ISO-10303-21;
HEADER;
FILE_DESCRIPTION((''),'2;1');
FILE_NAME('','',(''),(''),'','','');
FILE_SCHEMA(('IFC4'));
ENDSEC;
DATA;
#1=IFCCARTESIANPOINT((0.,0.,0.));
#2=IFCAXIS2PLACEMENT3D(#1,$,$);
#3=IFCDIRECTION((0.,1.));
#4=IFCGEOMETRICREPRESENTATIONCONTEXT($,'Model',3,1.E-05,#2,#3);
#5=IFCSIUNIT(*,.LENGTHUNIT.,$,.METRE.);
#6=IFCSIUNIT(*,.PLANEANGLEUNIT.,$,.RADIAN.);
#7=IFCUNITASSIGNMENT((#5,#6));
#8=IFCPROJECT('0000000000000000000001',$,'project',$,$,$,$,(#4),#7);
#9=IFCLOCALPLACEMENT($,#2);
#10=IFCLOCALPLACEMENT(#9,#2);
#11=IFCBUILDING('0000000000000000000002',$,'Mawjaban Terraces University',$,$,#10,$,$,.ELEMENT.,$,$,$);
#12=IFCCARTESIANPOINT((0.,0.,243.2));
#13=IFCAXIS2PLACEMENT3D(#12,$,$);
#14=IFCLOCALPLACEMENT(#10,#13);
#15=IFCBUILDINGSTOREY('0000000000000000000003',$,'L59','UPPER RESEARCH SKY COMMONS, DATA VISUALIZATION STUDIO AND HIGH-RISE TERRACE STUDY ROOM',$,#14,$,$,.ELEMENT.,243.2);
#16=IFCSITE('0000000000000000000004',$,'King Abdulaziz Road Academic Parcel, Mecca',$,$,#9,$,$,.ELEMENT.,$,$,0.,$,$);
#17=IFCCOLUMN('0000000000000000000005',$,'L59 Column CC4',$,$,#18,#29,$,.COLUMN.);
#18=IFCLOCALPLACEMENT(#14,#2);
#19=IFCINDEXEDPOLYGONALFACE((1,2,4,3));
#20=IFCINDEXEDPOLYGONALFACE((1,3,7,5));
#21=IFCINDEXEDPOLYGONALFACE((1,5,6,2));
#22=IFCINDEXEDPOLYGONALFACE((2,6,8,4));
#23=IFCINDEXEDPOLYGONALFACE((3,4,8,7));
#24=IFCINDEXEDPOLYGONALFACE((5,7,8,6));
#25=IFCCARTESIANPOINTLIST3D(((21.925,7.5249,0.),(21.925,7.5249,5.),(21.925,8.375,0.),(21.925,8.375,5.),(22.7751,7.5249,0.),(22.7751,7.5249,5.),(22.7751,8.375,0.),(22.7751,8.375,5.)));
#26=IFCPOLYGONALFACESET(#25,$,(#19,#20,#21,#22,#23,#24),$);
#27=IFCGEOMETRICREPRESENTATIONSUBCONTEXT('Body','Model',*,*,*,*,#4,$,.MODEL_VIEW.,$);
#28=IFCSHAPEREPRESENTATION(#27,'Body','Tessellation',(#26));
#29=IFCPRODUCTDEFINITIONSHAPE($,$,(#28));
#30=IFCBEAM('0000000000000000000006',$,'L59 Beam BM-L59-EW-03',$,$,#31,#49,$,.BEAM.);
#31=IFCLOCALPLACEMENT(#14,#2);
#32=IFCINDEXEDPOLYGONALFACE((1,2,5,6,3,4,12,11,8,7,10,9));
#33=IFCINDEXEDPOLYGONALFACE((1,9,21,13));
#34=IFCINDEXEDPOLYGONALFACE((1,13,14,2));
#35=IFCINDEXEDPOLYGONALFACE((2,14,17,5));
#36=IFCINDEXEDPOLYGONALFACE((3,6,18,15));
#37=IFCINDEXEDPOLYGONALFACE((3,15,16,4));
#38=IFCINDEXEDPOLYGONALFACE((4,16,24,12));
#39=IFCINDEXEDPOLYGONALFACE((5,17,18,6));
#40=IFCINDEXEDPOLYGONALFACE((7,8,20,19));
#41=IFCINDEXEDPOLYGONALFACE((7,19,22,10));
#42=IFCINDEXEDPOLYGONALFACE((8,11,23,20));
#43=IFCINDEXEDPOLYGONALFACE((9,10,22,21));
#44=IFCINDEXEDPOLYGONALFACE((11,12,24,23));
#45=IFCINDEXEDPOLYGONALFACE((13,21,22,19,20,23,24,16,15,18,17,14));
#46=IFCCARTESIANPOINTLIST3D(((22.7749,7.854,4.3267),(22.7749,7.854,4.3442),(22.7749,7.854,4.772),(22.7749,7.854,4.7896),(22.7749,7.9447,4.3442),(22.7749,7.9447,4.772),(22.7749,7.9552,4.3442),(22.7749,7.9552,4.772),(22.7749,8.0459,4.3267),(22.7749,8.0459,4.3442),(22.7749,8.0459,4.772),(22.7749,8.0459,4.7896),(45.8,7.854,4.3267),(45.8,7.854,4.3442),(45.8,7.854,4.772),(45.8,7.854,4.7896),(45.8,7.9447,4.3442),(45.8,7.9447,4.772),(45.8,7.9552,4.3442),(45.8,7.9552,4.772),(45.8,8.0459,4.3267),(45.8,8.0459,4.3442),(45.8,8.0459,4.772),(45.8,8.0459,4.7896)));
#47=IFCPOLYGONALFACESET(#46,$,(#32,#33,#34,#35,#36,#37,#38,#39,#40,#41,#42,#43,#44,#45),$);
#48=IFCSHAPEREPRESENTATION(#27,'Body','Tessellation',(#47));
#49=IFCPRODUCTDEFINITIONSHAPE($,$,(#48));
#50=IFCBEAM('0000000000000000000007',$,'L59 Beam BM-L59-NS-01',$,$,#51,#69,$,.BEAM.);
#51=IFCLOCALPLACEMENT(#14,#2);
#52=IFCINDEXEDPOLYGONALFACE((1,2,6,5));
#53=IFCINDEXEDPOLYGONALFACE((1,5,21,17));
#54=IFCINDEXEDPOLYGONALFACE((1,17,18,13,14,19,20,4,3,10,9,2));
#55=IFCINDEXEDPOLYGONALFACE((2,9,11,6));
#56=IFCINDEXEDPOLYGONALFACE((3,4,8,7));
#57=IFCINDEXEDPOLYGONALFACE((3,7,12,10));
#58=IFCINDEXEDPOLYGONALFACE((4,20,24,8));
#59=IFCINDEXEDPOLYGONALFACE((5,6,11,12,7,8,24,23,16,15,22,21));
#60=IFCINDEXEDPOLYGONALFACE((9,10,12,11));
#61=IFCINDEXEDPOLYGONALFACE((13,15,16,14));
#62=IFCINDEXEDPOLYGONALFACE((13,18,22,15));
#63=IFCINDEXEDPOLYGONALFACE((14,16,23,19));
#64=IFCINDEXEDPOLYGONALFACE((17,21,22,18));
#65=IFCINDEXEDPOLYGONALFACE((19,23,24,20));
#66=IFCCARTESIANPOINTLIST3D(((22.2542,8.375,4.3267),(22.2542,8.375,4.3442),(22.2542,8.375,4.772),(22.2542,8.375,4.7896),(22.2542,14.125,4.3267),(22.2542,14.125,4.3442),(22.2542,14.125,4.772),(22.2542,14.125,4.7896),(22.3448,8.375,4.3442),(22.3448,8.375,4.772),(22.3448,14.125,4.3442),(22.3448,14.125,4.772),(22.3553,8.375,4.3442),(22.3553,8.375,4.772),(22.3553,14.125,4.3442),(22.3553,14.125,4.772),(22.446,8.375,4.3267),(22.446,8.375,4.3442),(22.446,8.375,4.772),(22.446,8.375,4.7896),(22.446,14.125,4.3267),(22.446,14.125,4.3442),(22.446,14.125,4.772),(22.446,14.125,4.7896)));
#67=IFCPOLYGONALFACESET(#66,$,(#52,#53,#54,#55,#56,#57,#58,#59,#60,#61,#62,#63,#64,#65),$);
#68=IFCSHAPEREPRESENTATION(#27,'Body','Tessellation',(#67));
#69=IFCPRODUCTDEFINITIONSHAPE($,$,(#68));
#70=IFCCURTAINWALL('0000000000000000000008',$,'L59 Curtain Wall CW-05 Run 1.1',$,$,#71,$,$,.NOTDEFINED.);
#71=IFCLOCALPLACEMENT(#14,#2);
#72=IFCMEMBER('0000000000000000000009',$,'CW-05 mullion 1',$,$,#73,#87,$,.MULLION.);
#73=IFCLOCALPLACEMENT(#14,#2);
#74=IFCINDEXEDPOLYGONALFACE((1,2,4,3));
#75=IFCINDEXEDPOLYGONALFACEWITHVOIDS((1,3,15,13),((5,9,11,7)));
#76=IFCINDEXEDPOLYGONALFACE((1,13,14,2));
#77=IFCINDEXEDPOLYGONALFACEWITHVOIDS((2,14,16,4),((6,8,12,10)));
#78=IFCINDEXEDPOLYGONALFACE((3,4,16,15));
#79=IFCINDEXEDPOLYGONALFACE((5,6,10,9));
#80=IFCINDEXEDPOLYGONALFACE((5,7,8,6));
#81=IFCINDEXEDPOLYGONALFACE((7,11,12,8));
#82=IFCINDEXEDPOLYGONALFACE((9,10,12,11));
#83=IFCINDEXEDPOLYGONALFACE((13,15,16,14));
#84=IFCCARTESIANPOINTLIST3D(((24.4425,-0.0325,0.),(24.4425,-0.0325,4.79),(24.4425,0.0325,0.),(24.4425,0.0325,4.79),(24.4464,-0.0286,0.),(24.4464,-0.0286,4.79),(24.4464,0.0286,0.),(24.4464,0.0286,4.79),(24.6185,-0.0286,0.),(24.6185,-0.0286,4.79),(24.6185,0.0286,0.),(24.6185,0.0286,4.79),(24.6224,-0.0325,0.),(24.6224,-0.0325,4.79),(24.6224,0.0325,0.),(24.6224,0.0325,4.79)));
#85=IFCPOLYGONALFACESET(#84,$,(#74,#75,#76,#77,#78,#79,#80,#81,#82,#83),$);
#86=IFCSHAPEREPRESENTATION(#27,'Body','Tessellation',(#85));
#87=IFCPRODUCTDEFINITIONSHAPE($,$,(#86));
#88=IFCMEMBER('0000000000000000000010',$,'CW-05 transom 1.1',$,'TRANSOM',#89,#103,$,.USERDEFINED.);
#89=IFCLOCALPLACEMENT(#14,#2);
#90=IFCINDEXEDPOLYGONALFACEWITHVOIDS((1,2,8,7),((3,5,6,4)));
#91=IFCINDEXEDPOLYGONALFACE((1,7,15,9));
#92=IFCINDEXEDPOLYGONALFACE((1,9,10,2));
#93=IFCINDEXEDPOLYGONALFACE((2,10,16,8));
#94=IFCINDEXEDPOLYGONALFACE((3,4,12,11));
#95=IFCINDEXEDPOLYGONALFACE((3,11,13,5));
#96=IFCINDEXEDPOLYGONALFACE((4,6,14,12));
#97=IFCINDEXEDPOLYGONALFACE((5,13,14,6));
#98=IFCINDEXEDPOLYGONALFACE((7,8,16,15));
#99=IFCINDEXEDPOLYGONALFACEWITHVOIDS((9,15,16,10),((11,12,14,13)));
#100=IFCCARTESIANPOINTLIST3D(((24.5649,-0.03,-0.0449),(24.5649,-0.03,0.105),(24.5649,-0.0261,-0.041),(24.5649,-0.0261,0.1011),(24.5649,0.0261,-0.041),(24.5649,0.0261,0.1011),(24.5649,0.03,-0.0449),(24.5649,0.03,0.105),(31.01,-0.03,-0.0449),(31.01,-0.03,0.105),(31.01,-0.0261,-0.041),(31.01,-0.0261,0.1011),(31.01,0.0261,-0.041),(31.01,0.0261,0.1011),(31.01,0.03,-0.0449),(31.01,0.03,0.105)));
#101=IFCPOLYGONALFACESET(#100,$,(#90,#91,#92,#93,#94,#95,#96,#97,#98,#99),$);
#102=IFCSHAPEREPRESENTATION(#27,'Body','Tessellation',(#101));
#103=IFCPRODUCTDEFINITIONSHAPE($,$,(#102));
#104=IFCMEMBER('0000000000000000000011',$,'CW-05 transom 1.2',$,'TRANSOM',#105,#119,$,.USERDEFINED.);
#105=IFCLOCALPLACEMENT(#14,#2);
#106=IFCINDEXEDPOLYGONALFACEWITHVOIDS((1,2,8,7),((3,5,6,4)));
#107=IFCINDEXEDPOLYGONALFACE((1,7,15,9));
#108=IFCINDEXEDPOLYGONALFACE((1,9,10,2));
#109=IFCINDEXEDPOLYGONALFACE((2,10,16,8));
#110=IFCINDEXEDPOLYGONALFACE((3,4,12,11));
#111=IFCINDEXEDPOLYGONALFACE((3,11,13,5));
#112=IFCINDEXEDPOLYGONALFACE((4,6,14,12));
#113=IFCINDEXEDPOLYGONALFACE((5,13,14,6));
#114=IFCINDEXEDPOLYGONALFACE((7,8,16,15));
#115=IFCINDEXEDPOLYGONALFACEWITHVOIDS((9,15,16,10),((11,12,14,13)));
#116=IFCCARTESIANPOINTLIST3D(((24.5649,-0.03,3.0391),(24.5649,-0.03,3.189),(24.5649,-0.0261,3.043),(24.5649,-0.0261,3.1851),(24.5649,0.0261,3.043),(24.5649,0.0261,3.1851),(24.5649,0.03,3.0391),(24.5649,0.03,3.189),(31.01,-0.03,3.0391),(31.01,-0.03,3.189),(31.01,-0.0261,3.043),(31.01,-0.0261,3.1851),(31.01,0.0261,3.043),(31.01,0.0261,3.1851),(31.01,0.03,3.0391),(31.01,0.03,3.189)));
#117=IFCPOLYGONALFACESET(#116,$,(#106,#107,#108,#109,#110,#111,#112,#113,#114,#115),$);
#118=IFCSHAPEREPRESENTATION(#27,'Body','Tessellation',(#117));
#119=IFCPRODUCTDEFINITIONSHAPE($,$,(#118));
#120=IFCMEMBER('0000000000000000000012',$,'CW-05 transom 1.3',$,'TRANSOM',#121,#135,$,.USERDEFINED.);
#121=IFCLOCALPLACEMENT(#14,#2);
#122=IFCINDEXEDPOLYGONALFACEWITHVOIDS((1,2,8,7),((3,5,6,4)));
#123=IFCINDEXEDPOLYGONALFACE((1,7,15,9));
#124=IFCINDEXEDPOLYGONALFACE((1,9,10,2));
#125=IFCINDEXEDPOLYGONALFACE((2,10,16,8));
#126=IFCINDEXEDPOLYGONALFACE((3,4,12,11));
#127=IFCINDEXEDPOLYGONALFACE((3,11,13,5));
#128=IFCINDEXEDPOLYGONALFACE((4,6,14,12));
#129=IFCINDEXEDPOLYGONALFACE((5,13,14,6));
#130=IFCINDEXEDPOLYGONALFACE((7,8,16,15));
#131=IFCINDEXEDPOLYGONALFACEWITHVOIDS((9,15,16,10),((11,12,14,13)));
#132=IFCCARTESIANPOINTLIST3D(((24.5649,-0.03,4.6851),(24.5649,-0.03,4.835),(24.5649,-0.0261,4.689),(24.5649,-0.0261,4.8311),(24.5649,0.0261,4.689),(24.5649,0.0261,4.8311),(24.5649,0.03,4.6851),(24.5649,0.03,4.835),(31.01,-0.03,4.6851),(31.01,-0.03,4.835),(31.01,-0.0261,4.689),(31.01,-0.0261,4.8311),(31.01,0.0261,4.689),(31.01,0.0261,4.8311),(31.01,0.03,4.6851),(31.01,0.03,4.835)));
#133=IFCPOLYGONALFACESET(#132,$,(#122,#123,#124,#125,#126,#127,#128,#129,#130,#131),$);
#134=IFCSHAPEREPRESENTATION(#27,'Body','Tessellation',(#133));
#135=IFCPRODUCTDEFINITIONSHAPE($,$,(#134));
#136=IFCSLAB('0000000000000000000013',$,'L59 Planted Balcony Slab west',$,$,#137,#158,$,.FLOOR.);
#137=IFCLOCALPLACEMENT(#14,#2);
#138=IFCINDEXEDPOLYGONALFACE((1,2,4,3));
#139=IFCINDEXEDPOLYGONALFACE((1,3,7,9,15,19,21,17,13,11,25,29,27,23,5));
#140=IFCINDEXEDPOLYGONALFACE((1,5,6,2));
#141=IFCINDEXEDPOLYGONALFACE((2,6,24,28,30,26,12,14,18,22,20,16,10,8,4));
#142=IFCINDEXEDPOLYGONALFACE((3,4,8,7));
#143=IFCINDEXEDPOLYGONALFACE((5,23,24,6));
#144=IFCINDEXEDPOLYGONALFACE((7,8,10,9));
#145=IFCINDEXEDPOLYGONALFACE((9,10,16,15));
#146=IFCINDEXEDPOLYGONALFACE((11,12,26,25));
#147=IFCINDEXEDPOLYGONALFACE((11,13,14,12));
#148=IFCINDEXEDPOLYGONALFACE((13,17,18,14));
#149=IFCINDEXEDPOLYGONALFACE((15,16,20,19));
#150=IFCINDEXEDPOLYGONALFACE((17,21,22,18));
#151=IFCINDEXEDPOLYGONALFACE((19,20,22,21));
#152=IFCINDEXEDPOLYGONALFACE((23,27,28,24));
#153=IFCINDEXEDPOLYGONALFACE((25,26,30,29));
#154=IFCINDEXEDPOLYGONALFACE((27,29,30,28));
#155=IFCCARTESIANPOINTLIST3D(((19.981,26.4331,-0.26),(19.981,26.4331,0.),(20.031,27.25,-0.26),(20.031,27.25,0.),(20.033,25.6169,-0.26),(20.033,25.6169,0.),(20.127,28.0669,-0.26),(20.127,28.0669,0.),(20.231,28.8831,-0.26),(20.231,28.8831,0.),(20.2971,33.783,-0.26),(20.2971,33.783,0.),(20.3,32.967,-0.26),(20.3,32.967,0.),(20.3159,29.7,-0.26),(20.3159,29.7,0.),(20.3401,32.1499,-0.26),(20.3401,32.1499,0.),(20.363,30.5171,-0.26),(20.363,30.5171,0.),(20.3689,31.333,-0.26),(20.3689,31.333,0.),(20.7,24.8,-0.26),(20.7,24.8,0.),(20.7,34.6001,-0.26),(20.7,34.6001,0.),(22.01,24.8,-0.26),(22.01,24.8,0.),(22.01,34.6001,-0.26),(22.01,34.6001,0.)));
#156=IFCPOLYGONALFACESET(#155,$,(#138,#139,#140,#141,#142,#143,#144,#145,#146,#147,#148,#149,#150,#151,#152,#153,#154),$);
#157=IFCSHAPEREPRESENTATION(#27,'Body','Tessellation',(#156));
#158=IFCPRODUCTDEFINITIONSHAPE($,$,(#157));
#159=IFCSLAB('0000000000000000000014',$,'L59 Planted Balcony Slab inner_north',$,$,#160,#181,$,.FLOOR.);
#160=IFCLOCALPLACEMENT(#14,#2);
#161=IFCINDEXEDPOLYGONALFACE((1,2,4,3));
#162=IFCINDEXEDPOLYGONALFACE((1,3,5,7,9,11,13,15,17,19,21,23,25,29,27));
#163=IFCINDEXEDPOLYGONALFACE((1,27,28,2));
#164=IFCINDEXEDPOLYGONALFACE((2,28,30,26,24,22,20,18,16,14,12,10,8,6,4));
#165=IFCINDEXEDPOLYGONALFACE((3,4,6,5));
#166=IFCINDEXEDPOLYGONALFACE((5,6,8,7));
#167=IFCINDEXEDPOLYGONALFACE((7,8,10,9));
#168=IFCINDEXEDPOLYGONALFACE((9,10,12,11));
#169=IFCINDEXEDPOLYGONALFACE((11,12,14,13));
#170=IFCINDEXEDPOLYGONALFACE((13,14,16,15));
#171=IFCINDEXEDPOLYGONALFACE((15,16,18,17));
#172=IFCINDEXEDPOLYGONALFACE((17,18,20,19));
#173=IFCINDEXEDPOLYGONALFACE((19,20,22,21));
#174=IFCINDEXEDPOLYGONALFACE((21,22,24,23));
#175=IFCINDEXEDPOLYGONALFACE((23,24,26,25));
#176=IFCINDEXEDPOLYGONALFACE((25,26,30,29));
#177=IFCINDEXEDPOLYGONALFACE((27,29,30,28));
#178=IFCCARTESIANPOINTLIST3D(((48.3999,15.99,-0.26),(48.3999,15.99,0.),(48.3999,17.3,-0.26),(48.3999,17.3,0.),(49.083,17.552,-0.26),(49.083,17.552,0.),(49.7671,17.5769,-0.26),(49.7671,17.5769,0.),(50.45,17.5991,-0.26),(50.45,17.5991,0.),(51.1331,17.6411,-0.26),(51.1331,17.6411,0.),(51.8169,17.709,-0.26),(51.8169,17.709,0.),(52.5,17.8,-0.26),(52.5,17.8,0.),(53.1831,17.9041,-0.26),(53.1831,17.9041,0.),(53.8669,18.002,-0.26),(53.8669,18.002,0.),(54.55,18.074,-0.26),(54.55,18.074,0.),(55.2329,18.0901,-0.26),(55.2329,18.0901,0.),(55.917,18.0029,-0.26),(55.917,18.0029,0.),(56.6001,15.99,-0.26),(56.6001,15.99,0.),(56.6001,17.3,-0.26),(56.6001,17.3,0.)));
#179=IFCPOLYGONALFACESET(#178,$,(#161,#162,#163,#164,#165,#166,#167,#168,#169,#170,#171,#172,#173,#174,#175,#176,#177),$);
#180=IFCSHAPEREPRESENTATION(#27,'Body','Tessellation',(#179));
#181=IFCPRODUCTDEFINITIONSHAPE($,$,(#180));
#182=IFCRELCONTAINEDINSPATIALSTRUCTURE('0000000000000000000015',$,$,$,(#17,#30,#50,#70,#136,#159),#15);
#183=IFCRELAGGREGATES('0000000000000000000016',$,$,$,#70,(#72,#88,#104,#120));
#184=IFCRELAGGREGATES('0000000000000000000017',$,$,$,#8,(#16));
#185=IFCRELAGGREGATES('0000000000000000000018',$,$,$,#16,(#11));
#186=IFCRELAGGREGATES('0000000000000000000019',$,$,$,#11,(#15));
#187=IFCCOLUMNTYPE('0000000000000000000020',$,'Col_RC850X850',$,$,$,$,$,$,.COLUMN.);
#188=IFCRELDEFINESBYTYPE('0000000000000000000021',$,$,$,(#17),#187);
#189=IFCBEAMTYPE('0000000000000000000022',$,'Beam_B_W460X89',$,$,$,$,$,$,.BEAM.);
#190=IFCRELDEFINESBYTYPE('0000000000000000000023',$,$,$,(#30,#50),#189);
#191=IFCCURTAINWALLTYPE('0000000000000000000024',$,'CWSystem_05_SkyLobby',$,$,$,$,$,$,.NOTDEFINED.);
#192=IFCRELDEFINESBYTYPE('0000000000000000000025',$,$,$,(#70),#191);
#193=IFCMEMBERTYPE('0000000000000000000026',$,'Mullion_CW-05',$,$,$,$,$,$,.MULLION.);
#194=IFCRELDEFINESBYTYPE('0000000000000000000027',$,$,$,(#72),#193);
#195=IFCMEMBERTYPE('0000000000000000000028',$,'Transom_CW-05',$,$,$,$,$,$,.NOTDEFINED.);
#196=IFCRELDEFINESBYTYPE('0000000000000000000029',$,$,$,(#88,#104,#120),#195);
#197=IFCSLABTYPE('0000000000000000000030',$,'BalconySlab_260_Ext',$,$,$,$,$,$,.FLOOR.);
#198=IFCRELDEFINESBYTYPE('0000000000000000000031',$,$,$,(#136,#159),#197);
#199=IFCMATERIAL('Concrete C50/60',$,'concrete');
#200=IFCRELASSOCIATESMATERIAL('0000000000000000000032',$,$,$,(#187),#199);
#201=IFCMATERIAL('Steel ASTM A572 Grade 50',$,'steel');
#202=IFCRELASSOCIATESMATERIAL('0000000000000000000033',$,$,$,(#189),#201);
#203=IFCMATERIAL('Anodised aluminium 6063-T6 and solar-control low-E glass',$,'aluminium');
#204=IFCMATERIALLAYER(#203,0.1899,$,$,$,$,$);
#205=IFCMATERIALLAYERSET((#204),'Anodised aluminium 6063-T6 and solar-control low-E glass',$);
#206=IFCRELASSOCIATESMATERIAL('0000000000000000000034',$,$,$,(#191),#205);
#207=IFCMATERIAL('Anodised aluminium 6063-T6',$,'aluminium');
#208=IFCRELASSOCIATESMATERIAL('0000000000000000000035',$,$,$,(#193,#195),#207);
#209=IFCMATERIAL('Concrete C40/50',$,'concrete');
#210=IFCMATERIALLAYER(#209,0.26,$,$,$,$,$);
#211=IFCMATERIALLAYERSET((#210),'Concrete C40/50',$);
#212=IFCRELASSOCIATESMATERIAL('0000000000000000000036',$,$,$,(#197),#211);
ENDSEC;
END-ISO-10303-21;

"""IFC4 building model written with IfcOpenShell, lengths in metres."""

from ifc_helpers import new_model, si_unit, direction, frame, origin, origin_2d, place, context, subcontext, project, spatial, polyline, rectangle, hollow_rectangle, i_section, outline, extrude, material, layer, layer_set, material_profile, profile_set, type_object, element, aggregate, save


model = new_model("IFC4")

# Units and contexts
model_context = context("Model", 3, precision=1e-05, world=origin(), true_north=direction((0.0, 1.0)))
body_context = subcontext(model_context, "Body", "Model", "MODEL_VIEW")
ifc_project = project(units=[si_unit("LENGTHUNIT", "METRE"), si_unit("PLANEANGLEUNIT", "RADIAN")], contexts=[model_context])

# Site, building, storey
site_placement = place(None, origin())
site = spatial("IfcSite", under=ifc_project, at=site_placement, Name="King Abdulaziz Road Academic Parcel, Mecca", CompositionType="ELEMENT", RefElevation=0.0)
building_placement = place(site_placement, origin())
building = spatial("IfcBuilding", under=site, at=building_placement, Name="Mawjaban Terraces University", CompositionType="ELEMENT")
storey_placement = place(building_placement, frame((0.0, 0.0, 243.2)))
storey = spatial("IfcBuildingStorey", under=building, at=storey_placement, Name="L59", Description="UPPER RESEARCH SKY COMMONS, DATA VISUALIZATION STUDIO AND HIGH-RISE TERRACE STUDY ROOM", CompositionType="ELEMENT", Elevation=243.2)

# Column
ifc_material_1 = material(Name="Concrete C50/60", Category="concrete")
ifc_material_profile_1 = material_profile(ifc_material_1, rectangle(XDim=0.8501, YDim=0.8501, at=origin_2d()), Name="RC850X850")
ifc_profile_set_1 = profile_set([ifc_material_profile_1], Name="Concrete C50/60")
column_type = type_object("IfcColumnType", Name="Col_RC850X850", PredefinedType="COLUMN", material=ifc_profile_set_1)
column_placement = place(storey_placement, frame((22.3501, 7.95, 0.0), z_axis=(0.0, 0.0, 1.0), x_axis=(1.0, 0.0, 0.0)))
element("IfcColumn", 1, at=column_placement, inside=storey, type_object=column_type, Name="L59 Column CC4", PredefinedType="COLUMN", context=body_context, shape_type="SweptSolid", body=[
    extrude(rectangle(XDim=0.8501, YDim=0.8501, at=origin_2d()), origin(), (0.0, 0.0, 1.0), 5.0),
])

# Beams
ifc_material_2 = material(Name="Steel ASTM A572 Grade 50", Category="steel")
ifc_material_profile_2 = material_profile(ifc_material_2, i_section(OverallWidth=0.1919, OverallDepth=0.4629, WebThickness=0.0105, FlangeThickness=0.0176, at=origin_2d()), Name="W460X89")
ifc_profile_set_2 = profile_set([ifc_material_profile_2], Name="Steel ASTM A572 Grade 50")
beam_type = type_object("IfcBeamType", Name="Beam_B_W460X89", PredefinedType="BEAM", material=ifc_profile_set_2)
beam_1_placement = place(storey_placement, frame((22.7749, 7.95, 4.5581), z_axis=(1.0, 0.0, 0.0), x_axis=(0.0, 1.0, 0.0)))
element("IfcBeam", 2, at=beam_1_placement, inside=storey, type_object=beam_type, Name="L59 Beam BM-L59-EW-03", PredefinedType="BEAM", context=body_context, shape_type="SweptSolid", body=[
    extrude(i_section(OverallWidth=0.1919, OverallDepth=0.4629, WebThickness=0.0105, FlangeThickness=0.0176, at=origin_2d()), origin(), (0.0, 0.0, 1.0), 23.0251),
])
beam_2_placement = place(storey_placement, frame((22.3501, 8.375, 4.5581), z_axis=(0.0, 1.0, 0.0), x_axis=(-1.0, 0.0, 0.0)))
element("IfcBeam", 3, at=beam_2_placement, inside=storey, type_object=beam_type, Name="L59 Beam BM-L59-NS-01", PredefinedType="BEAM", context=body_context, shape_type="SweptSolid", body=[
    extrude(i_section(OverallWidth=0.1919, OverallDepth=0.4629, WebThickness=0.0105, FlangeThickness=0.0176, at=origin_2d()), origin(), (0.0, 0.0, 1.0), 5.75),
])

# Curtain wall, members
ifc_material_3 = material(Name="Anodised aluminium 6063-T6 and solar-control low-E glass", Category="aluminium")
ifc_layer_1 = layer(ifc_material_3, 0.1899)
ifc_layer_set_1 = layer_set([ifc_layer_1], Name="Anodised aluminium 6063-T6 and solar-control low-E glass")
curtain_wall_type = type_object("IfcCurtainWallType", Name="CWSystem_05_SkyLobby", PredefinedType="NOTDEFINED", material=ifc_layer_set_1)
curtain_wall_placement = place(storey_placement, origin())
curtain_wall = element("IfcCurtainWall", 4, at=curtain_wall_placement, inside=storey, type_object=curtain_wall_type, Name="L59 Curtain Wall CW-05 Run 1.1", PredefinedType="NOTDEFINED")
ifc_material_4 = material(Name="Anodised aluminium 6063-T6", Category="aluminium")
ifc_material_profile_3 = material_profile(ifc_material_4, hollow_rectangle(XDim=0.0649, YDim=0.1799, WallThickness=0.0039, at=origin_2d()), Name="ALU180X65X4")
ifc_profile_set_3 = profile_set([ifc_material_profile_3], Name="Anodised aluminium 6063-T6")
member_type_1 = type_object("IfcMemberType", Name="Mullion_CW-05", PredefinedType="MULLION", material=ifc_profile_set_3)
member_1_placement = place(storey_placement, frame((24.5325, 0.0, 0.0), z_axis=(0.0, 0.0, 1.0), x_axis=(0.0, 1.0, 0.0)))
member_1 = element("IfcMember", 5, at=member_1_placement, type_object=member_type_1, Name="CW-05 mullion 1", PredefinedType="MULLION", context=body_context, shape_type="SweptSolid", body=[
    extrude(hollow_rectangle(XDim=0.0649, YDim=0.1799, WallThickness=0.0039, at=origin_2d()), origin(), (0.0, 0.0, 1.0), 4.79),
])
ifc_material_profile_4 = material_profile(ifc_material_4, hollow_rectangle(XDim=0.0601, YDim=0.1499, WallThickness=0.0039, at=origin_2d()), Name="ALU150X60X4")
ifc_profile_set_4 = profile_set([ifc_material_profile_4], Name="Anodised aluminium 6063-T6")
member_type_2 = type_object("IfcMemberType", Name="Transom_CW-05", PredefinedType="NOTDEFINED", material=ifc_profile_set_4)
member_2_placement = place(storey_placement, frame((24.5649, 0.0, 0.03), z_axis=(1.0, 0.0, 0.0), x_axis=(0.0, 1.0, 0.0)))
member_2 = element("IfcMember", 6, at=member_2_placement, type_object=member_type_2, Name="CW-05 transom 1.1", ObjectType="TRANSOM", PredefinedType="USERDEFINED", context=body_context, shape_type="SweptSolid", body=[
    extrude(hollow_rectangle(XDim=0.0601, YDim=0.1499, WallThickness=0.0039, at=origin_2d()), origin(), (0.0, 0.0, 1.0), 6.4451),
])
member_3_placement = place(storey_placement, frame((24.5649, 0.0, 3.114), z_axis=(1.0, 0.0, 0.0), x_axis=(0.0, 1.0, 0.0)))
member_3 = element("IfcMember", 7, at=member_3_placement, type_object=member_type_2, Name="CW-05 transom 1.2", ObjectType="TRANSOM", PredefinedType="USERDEFINED", context=body_context, shape_type="SweptSolid", body=[
    extrude(hollow_rectangle(XDim=0.0601, YDim=0.1499, WallThickness=0.0039, at=origin_2d()), origin(), (0.0, 0.0, 1.0), 6.4451),
])
member_4_placement = place(storey_placement, frame((24.5649, 0.0, 4.76), z_axis=(1.0, 0.0, 0.0), x_axis=(0.0, 1.0, 0.0)))
member_4 = element("IfcMember", 8, at=member_4_placement, type_object=member_type_2, Name="CW-05 transom 1.3", ObjectType="TRANSOM", PredefinedType="USERDEFINED", context=body_context, shape_type="SweptSolid", body=[
    extrude(hollow_rectangle(XDim=0.0601, YDim=0.1499, WallThickness=0.0039, at=origin_2d()), origin(), (0.0, 0.0, 1.0), 6.4451),
])
aggregate(curtain_wall, [member_1, member_2, member_3, member_4])

# Slabs
ifc_material_5 = material(Name="Concrete C40/50", Category="concrete")
ifc_layer_2 = layer(ifc_material_5, 0.26)
ifc_layer_set_2 = layer_set([ifc_layer_2], Name="Concrete C40/50")
slab_type_1 = type_object("IfcSlabType", Name="BalconySlab_260_Ext", PredefinedType="FLOOR", material=ifc_layer_set_2)
slab_1_placement = place(storey_placement, frame((0.0, 0.0, -0.26)))
element("IfcSlab", 9, at=slab_1_placement, inside=storey, type_object=slab_type_1, Name="L59 Planted Balcony Slab west", PredefinedType="FLOOR", context=body_context, shape_type="SweptSolid", body=[
    extrude(outline(polyline([(22.01, 24.8), (22.01, 34.6001), (20.7, 34.6001), (20.2971, 33.783), (20.3, 32.967), (20.3401, 32.1499), (20.3689, 31.333), (20.363, 30.5171), (20.3159, 29.7), (20.231, 28.8831), (20.127, 28.0669), (20.031, 27.25), (19.981, 26.4331), (20.033, 25.6169), (20.7, 24.8), (22.01, 24.8)])), origin(), (0.0, 0.0, 1.0), 0.26),
])
slab_2_placement = place(storey_placement, frame((0.0, 0.0, -0.26)))
element("IfcSlab", 10, at=slab_2_placement, inside=storey, type_object=slab_type_1, Name="L59 Planted Balcony Slab inner_north", PredefinedType="FLOOR", context=body_context, shape_type="SweptSolid", body=[
    extrude(outline(polyline([(48.3999, 15.99), (56.6001, 15.99), (56.6001, 17.3), (55.917, 18.0029), (55.2329, 18.0901), (54.55, 18.074), (53.8669, 18.002), (53.1831, 17.9041), (52.5, 17.8), (51.8169, 17.709), (51.1331, 17.6411), (50.45, 17.5991), (49.7671, 17.5769), (49.083, 17.552), (48.3999, 17.3), (48.3999, 15.99)])), origin(), (0.0, 0.0, 1.0), 0.26),
])

save(model, "model.ifc")
